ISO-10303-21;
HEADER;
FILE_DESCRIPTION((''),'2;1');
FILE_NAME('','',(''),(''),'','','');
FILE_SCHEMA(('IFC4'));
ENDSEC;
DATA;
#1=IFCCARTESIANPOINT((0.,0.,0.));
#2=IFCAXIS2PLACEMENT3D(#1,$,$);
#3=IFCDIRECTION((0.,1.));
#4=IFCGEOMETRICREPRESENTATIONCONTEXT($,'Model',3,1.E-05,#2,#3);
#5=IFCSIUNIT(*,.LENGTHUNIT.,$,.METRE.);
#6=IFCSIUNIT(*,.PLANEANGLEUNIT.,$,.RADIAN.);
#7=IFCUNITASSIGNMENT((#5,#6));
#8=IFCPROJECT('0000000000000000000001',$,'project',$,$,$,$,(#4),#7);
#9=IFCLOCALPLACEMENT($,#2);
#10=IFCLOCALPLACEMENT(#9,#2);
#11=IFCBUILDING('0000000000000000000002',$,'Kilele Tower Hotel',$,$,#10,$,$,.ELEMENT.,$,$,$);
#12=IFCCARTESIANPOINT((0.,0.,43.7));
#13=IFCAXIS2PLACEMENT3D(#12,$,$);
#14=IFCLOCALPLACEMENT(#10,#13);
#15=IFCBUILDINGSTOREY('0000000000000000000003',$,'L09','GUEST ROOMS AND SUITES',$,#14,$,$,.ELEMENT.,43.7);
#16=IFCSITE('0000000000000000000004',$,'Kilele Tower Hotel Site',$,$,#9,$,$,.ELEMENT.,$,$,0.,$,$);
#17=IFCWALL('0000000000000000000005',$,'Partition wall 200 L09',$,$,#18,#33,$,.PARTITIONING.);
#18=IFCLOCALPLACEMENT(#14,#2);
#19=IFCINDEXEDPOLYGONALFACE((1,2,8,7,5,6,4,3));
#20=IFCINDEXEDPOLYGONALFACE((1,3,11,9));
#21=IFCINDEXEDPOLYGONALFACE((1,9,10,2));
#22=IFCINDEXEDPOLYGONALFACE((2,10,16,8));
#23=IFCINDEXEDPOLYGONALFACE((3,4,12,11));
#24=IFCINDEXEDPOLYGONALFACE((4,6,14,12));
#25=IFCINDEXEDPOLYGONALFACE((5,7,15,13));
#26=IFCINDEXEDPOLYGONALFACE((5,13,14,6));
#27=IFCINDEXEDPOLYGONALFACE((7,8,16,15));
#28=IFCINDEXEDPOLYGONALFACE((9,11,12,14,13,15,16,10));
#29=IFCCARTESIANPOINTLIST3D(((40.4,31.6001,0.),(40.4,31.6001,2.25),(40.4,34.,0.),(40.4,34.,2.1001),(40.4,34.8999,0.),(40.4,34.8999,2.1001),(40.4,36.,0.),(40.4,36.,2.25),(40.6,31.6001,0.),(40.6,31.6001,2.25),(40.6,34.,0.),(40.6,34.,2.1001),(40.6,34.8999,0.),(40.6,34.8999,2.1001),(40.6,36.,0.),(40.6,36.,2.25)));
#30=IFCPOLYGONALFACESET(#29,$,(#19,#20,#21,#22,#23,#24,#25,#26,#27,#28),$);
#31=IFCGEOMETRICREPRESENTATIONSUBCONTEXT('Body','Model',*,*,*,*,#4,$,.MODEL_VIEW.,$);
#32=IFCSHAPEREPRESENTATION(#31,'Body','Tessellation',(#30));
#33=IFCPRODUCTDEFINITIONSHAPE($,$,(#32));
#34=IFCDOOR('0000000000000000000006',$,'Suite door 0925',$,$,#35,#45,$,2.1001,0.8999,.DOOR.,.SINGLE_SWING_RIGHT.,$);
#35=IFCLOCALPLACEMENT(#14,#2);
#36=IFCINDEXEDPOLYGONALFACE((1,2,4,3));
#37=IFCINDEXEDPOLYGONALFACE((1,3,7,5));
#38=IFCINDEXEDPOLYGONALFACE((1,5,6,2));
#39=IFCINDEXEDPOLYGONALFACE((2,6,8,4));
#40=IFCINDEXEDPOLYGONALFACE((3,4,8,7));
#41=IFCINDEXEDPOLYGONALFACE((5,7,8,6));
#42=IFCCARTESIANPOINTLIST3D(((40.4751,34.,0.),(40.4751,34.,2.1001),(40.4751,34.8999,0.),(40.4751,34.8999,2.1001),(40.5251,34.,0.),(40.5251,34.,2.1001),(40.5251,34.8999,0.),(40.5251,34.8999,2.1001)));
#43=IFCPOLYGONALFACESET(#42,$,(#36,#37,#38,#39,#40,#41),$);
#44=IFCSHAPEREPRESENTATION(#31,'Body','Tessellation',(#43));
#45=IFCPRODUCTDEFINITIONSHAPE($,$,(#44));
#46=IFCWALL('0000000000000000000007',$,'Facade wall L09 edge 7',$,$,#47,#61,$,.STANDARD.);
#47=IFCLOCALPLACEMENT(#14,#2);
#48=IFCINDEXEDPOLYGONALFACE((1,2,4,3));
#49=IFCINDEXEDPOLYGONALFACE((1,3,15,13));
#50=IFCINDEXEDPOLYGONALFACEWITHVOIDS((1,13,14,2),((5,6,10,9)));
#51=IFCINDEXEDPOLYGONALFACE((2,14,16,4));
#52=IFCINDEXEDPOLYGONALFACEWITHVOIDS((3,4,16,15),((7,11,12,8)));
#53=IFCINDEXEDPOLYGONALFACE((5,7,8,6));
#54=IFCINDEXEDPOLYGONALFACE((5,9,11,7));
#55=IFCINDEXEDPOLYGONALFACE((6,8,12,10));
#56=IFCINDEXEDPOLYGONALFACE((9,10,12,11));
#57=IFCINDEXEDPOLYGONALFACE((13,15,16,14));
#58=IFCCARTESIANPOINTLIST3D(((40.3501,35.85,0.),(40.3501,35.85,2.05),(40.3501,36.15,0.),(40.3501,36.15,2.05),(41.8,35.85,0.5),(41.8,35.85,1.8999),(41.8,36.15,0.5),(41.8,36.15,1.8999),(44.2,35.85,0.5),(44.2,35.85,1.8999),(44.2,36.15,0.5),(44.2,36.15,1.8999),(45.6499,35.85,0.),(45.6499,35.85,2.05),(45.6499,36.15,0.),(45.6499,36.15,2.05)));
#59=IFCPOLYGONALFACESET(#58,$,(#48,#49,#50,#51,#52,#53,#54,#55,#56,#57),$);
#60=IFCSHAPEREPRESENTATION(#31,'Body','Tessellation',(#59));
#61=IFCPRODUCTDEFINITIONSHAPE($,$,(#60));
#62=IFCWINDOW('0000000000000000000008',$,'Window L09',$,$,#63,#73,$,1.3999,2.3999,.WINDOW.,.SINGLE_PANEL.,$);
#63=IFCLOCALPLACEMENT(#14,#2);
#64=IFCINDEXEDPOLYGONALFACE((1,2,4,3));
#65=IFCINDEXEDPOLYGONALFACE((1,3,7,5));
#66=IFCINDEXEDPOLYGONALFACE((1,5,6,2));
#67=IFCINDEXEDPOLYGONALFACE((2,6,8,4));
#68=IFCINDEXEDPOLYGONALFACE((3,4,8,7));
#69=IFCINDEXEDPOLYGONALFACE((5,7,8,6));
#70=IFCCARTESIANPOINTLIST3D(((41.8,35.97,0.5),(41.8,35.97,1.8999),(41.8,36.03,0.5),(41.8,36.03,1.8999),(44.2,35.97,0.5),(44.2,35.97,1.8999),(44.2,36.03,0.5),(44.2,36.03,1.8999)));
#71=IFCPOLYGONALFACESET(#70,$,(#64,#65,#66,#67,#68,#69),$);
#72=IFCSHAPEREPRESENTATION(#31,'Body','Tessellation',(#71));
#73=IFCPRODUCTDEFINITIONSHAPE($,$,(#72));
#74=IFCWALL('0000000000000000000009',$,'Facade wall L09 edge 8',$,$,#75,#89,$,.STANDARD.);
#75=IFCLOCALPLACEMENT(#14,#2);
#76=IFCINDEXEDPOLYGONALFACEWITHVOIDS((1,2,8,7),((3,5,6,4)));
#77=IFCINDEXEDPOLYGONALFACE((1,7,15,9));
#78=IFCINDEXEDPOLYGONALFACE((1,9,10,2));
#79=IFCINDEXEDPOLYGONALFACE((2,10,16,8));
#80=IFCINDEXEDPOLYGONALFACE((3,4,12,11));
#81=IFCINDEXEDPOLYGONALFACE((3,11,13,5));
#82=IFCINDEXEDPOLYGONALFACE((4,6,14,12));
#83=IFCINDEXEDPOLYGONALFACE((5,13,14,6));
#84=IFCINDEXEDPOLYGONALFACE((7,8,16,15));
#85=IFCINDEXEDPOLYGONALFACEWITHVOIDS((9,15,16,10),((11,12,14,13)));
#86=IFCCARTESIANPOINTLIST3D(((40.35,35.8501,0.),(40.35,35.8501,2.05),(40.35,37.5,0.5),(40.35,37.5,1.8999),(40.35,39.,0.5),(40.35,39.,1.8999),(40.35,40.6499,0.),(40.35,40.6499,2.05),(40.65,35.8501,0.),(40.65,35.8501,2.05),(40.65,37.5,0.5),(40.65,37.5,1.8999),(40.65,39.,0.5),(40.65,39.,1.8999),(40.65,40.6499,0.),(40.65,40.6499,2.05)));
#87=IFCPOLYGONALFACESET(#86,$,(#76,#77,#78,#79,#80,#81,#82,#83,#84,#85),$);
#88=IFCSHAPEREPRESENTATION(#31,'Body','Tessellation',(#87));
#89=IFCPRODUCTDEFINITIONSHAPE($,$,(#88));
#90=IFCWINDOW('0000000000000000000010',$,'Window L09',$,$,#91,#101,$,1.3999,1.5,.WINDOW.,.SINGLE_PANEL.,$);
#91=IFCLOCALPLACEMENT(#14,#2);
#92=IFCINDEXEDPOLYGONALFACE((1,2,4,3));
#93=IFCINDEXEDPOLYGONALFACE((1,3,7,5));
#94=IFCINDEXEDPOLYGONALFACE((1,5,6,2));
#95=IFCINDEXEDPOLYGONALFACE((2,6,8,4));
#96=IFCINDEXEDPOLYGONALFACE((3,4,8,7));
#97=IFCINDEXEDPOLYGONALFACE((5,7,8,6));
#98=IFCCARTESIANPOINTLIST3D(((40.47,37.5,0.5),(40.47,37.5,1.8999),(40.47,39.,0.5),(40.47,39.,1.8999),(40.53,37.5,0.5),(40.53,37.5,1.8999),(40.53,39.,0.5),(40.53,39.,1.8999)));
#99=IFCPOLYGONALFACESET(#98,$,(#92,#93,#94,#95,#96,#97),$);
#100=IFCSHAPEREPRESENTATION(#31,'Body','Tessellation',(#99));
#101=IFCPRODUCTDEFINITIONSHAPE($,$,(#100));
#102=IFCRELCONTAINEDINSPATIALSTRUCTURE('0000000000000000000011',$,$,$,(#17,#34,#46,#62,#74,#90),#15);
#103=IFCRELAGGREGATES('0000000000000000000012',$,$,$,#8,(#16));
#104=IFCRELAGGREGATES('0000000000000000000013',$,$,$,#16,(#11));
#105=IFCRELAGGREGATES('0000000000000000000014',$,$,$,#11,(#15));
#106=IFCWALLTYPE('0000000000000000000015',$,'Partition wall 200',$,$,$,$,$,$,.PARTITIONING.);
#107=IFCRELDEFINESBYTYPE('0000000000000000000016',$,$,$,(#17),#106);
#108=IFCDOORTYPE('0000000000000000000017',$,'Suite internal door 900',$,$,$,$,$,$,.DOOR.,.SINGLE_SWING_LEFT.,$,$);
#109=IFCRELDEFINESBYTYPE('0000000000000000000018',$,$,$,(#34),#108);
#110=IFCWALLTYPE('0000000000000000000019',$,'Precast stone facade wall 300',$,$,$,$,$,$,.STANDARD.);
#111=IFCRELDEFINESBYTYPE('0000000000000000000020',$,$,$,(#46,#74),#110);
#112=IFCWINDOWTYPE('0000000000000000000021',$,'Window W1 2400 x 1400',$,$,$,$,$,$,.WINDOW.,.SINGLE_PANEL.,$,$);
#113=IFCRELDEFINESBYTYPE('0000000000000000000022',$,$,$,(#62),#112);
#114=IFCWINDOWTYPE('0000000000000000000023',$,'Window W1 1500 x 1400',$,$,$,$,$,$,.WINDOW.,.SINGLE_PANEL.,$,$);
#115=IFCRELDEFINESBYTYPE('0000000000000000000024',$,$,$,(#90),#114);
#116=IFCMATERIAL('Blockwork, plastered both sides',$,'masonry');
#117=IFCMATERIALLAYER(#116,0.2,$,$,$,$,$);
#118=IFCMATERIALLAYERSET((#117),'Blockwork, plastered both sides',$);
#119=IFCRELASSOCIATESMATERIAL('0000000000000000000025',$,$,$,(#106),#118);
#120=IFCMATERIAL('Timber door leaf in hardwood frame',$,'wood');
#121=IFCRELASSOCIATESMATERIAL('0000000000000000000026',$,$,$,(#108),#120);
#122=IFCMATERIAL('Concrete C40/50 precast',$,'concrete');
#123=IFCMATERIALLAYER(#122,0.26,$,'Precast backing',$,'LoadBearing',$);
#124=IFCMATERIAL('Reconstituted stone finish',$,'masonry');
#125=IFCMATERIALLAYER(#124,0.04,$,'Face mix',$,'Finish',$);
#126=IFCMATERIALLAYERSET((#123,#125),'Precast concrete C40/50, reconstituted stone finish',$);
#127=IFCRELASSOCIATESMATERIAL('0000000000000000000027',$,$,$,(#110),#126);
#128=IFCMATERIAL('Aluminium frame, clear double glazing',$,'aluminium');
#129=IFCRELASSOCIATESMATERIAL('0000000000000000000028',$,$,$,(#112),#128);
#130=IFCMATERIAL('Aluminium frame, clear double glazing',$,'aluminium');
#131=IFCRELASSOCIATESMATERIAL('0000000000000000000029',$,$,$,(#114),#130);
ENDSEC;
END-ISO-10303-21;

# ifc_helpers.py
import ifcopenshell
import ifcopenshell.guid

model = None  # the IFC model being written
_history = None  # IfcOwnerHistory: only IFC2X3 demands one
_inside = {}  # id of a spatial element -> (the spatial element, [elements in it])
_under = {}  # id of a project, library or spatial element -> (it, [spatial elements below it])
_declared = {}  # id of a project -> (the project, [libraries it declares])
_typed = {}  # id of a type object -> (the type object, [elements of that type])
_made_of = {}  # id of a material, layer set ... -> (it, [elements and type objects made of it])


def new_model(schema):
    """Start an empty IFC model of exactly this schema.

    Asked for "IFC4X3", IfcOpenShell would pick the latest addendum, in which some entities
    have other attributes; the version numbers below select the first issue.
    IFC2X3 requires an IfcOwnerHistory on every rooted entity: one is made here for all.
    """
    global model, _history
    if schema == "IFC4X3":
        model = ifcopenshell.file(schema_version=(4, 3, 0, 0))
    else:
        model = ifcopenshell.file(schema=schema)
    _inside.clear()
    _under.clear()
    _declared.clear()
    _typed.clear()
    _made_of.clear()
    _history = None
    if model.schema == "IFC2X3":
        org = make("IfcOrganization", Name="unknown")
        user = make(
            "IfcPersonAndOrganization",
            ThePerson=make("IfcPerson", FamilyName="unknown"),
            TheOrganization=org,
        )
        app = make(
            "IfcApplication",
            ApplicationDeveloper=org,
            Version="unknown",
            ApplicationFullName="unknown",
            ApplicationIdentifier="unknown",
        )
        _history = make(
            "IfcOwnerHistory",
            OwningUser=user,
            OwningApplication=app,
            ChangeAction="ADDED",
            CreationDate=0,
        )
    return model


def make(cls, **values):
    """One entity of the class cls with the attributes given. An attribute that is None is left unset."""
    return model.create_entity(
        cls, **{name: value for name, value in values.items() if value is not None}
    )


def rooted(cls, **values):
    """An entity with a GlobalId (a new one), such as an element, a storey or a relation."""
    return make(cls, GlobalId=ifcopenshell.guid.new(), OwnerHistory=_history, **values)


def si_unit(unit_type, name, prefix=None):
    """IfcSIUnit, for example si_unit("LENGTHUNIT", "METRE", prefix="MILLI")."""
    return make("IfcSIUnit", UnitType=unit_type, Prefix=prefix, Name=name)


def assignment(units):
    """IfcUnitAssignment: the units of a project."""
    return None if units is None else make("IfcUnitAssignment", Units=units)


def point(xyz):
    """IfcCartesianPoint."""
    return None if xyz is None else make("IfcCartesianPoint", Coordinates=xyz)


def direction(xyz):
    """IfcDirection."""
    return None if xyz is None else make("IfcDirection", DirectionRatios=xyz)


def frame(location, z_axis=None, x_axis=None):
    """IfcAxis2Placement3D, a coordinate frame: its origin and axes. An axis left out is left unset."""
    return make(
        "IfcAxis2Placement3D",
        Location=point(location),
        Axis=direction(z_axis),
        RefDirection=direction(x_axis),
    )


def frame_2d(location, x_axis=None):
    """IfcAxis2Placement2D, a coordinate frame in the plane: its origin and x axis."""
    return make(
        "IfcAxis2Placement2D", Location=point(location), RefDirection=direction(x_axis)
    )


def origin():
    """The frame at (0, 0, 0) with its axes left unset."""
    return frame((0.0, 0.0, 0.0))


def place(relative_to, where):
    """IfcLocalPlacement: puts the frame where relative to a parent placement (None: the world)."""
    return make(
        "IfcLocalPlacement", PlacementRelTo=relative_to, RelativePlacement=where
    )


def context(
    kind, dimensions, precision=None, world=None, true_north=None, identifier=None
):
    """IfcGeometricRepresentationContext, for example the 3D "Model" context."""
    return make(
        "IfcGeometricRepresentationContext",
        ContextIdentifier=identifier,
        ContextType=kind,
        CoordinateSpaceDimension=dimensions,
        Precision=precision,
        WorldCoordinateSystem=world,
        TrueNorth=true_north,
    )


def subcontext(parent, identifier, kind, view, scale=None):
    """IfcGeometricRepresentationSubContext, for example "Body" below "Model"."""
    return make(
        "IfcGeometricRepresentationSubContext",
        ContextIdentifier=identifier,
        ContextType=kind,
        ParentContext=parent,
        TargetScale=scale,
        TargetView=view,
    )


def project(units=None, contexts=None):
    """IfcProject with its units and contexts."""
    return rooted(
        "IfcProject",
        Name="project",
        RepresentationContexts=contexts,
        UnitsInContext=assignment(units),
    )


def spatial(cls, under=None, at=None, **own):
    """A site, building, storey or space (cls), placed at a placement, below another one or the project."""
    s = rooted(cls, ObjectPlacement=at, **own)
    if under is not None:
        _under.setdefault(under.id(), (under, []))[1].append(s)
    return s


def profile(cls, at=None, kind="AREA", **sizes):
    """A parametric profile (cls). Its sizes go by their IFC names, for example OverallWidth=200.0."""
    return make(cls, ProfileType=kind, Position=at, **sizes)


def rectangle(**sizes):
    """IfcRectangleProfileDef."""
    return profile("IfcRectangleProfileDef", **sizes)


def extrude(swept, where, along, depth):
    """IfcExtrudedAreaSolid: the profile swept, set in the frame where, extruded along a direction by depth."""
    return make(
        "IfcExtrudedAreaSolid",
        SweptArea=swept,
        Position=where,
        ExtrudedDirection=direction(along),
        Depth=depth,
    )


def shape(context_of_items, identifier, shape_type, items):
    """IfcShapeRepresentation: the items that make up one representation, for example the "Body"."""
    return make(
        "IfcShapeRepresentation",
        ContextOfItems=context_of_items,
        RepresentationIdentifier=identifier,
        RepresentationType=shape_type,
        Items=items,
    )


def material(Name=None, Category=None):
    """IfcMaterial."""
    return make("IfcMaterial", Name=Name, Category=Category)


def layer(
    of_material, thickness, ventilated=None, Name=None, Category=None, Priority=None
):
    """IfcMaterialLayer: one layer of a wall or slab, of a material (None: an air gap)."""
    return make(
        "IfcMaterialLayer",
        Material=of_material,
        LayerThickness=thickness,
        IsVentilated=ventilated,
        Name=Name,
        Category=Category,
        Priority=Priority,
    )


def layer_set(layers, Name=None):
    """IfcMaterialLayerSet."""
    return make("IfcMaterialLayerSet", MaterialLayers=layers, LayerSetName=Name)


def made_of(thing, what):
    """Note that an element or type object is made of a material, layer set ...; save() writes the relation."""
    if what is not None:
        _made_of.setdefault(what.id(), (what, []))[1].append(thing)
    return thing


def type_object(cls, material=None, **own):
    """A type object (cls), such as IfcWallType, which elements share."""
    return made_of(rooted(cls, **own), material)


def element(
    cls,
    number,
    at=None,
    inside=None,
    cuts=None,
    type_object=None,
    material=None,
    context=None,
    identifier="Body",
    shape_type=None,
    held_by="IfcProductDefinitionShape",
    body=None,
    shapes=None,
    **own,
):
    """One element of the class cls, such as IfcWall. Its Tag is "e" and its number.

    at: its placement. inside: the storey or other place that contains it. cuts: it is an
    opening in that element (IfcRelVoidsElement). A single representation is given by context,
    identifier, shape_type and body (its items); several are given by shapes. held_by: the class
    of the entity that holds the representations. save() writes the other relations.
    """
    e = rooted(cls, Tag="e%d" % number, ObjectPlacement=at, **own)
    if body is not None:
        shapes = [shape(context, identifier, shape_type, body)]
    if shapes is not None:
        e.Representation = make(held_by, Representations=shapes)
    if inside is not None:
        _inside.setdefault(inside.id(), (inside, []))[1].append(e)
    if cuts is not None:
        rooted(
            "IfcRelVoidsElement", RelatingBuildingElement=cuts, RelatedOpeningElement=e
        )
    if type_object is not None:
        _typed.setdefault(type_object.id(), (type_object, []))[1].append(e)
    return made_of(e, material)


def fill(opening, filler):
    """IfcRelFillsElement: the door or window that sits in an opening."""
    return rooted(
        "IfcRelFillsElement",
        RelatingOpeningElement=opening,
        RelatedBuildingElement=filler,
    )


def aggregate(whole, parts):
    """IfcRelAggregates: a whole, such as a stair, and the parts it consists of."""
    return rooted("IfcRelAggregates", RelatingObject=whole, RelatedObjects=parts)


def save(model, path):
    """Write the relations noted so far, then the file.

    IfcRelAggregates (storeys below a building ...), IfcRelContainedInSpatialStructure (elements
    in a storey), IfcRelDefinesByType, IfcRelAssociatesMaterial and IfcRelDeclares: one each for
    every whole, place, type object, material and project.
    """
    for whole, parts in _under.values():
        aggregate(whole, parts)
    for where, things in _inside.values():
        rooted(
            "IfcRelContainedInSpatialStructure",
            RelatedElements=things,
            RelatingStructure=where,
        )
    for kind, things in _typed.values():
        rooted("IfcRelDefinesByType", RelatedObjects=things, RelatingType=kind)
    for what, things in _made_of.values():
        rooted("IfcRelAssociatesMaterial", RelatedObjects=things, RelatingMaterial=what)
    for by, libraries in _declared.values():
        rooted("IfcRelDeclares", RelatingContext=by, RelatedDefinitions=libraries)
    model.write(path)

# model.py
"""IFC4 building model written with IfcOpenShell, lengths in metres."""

from ifc_helpers import new_model, si_unit, direction, frame, frame_2d, origin, place, context, subcontext, project, spatial, rectangle, extrude, material, layer, layer_set, type_object, element, fill, save


model = new_model("IFC4")

# Units and contexts
model_context = context("Model", 3, precision=1e-05, world=origin(), true_north=direction((0.0, 1.0)))
body_context = subcontext(model_context, "Body", "Model", "MODEL_VIEW")
ifc_project = project(units=[si_unit("LENGTHUNIT", "METRE"), si_unit("PLANEANGLEUNIT", "RADIAN")], contexts=[model_context])

# Site, building, storey
site_placement = place(None, origin())
site = spatial("IfcSite", under=ifc_project, at=site_placement, Name="Kilele Tower Hotel Site", CompositionType="ELEMENT", RefElevation=0.0)
building_placement = place(site_placement, origin())
building = spatial("IfcBuilding", under=site, at=building_placement, Name="Kilele Tower Hotel", CompositionType="ELEMENT")
storey_placement = place(building_placement, frame((0.0, 0.0, 43.7)))
storey = spatial("IfcBuildingStorey", under=building, at=storey_placement, Name="L09", Description="GUEST ROOMS AND SUITES", CompositionType="ELEMENT", Elevation=43.7)

# Wall, opening, door
ifc_material_1 = material(Name="Blockwork, plastered both sides", Category="masonry")
ifc_layer_1 = layer(ifc_material_1, 0.2)
ifc_layer_set_1 = layer_set([ifc_layer_1], Name="Blockwork, plastered both sides")
wall_type_1 = type_object("IfcWallType", Name="Partition wall 200", PredefinedType="PARTITIONING", material=ifc_layer_set_1)
wall_1_placement = place(storey_placement, frame((40.5, 31.6001, 0.0), z_axis=(0.0, 0.0, 1.0), x_axis=(0.0, 1.0, 0.0)))
wall_1 = element("IfcWall", 1, at=wall_1_placement, inside=storey, type_object=wall_type_1, Name="Partition wall 200 L09", PredefinedType="PARTITIONING", context=body_context, shape_type="SweptSolid", body=[
    extrude(rectangle(XDim=4.3999, YDim=0.2, at=frame_2d((2.2, 0.0))), origin(), (0.0, 0.0, 1.0), 2.25),
])
opening_1_placement = place(wall_1_placement, frame((2.3999, 0.0, 0.0)))
opening_1 = element("IfcOpeningElement", 2, at=opening_1_placement, cuts=wall_1, PredefinedType="OPENING", context=body_context, shape_type="SweptSolid", body=[
    extrude(rectangle(XDim=0.8999, YDim=2.1001, at=frame_2d((0.45, 1.05))), frame((0.0, 0.1099, 0.0), z_axis=(0.0, -1.0, 0.0), x_axis=(1.0, 0.0, 0.0)), (0.0, 0.0, 1.0), 0.22),
])
ifc_material_2 = material(Name="Timber door leaf in hardwood frame", Category="wood")
door_type_1 = type_object("IfcDoorType", Name="Suite internal door 900", OperationType="SINGLE_SWING_LEFT", PredefinedType="DOOR", material=ifc_material_2)
door_1_placement = place(opening_1_placement, origin())
door_1 = element("IfcDoor", 3, at=door_1_placement, inside=storey, type_object=door_type_1, Name="Suite door 0925", OperationType="SINGLE_SWING_RIGHT", OverallHeight=2.1001, OverallWidth=0.8999, PredefinedType="DOOR", context=body_context, shape_type="SweptSolid", body=[
    extrude(rectangle(XDim=0.8999, YDim=2.1001, at=frame_2d((0.45, 1.05))), frame((0.0, 0.0249, 0.0), z_axis=(0.0, -1.0, 0.0), x_axis=(1.0, 0.0, 0.0)), (0.0, 0.0, 1.0), 0.05),
])
fill(opening_1, door_1)

# Walls, openings, windows
ifc_material_3 = material(Name="Concrete C40/50 precast", Category="concrete")
ifc_layer_2 = layer(ifc_material_3, 0.26, Name="Precast backing", Category="LoadBearing")
ifc_material_4 = material(Name="Reconstituted stone finish", Category="masonry")
ifc_layer_3 = layer(ifc_material_4, 0.04, Name="Face mix", Category="Finish")
ifc_layer_set_2 = layer_set([ifc_layer_2, ifc_layer_3], Name="Precast concrete C40/50, reconstituted stone finish")
wall_type_2 = type_object("IfcWallType", Name="Precast stone facade wall 300", PredefinedType="STANDARD", material=ifc_layer_set_2)
wall_2_placement = place(storey_placement, frame((45.6499, 36.0, 0.0), z_axis=(0.0, 0.0, 1.0), x_axis=(-1.0, 0.0, 0.0)))
wall_2 = element("IfcWall", 4, at=wall_2_placement, inside=storey, type_object=wall_type_2, Name="Facade wall L09 edge 7", PredefinedType="STANDARD", context=body_context, shape_type="SweptSolid", body=[
    extrude(rectangle(XDim=5.2998, YDim=0.3, at=frame_2d((2.6499, 0.0))), origin(), (0.0, 0.0, 1.0), 2.05),
])
opening_2_placement = place(wall_2_placement, frame((1.45, 0.0, 0.5)))
opening_2 = element("IfcOpeningElement", 5, at=opening_2_placement, cuts=wall_2, PredefinedType="OPENING", context=body_context, shape_type="SweptSolid", body=[
    extrude(rectangle(XDim=2.3999, YDim=1.3999, at=frame_2d((1.2, 0.7))), frame((0.0, 0.1599, 0.0), z_axis=(0.0, -1.0, 0.0), x_axis=(1.0, 0.0, 0.0)), (0.0, 0.0, 1.0), 0.3201),
])
ifc_material_5 = material(Name="Aluminium frame, clear double glazing", Category="aluminium")
window_type_1 = type_object("IfcWindowType", Name="Window W1 2400 x 1400", PartitioningType="SINGLE_PANEL", PredefinedType="WINDOW", material=ifc_material_5)
window_1_placement = place(opening_2_placement, origin())
window_1 = element("IfcWindow", 6, at=window_1_placement, inside=storey, type_object=window_type_1, Name="Window L09", OverallHeight=1.3999, OverallWidth=2.3999, PartitioningType="SINGLE_PANEL", PredefinedType="WINDOW", context=body_context, shape_type="SweptSolid", body=[
    extrude(rectangle(XDim=2.3999, YDim=1.3999, at=frame_2d((1.2, 0.7))), frame((0.0, 0.03, 0.0), z_axis=(0.0, -1.0, 0.0), x_axis=(1.0, 0.0, 0.0)), (0.0, 0.0, 1.0), 0.0601),
])
fill(opening_2, window_1)
wall_3_placement = place(storey_placement, frame((40.5, 35.8501, 0.0), z_axis=(0.0, 0.0, 1.0), x_axis=(0.0, 1.0, 0.0)))
wall_3 = element("IfcWall", 7, at=wall_3_placement, inside=storey, type_object=wall_type_2, Name="Facade wall L09 edge 8", PredefinedType="STANDARD", context=body_context, shape_type="SweptSolid", body=[
    extrude(rectangle(XDim=4.7998, YDim=0.3, at=frame_2d((2.3999, 0.0))), origin(), (0.0, 0.0, 1.0), 2.05),
])
opening_3_placement = place(wall_3_placement, frame((1.6499, 0.0, 0.5)))
opening_3 = element("IfcOpeningElement", 8, at=opening_3_placement, cuts=wall_3, PredefinedType="OPENING", context=body_context, shape_type="SweptSolid", body=[
    extrude(rectangle(XDim=1.5, YDim=1.3999, at=frame_2d((0.75, 0.7))), frame((0.0, 0.1599, 0.0), z_axis=(0.0, -1.0, 0.0), x_axis=(1.0, 0.0, 0.0)), (0.0, 0.0, 1.0), 0.3201),
])
ifc_material_6 = material(Name="Aluminium frame, clear double glazing", Category="aluminium")
window_type_2 = type_object("IfcWindowType", Name="Window W1 1500 x 1400", PartitioningType="SINGLE_PANEL", PredefinedType="WINDOW", material=ifc_material_6)
window_2_placement = place(opening_3_placement, origin())
window_2 = element("IfcWindow", 9, at=window_2_placement, inside=storey, type_object=window_type_2, Name="Window L09", OverallHeight=1.3999, OverallWidth=1.5, PartitioningType="SINGLE_PANEL", PredefinedType="WINDOW", context=body_context, shape_type="SweptSolid", body=[
    extrude(rectangle(XDim=1.5, YDim=1.3999, at=frame_2d((0.75, 0.7))), frame((0.0, 0.03, 0.0), z_axis=(0.0, -1.0, 0.0), x_axis=(1.0, 0.0, 0.0)), (0.0, 0.0, 1.0), 0.0601),
])
fill(opening_3, window_2)

save(model, "model.ifc")
